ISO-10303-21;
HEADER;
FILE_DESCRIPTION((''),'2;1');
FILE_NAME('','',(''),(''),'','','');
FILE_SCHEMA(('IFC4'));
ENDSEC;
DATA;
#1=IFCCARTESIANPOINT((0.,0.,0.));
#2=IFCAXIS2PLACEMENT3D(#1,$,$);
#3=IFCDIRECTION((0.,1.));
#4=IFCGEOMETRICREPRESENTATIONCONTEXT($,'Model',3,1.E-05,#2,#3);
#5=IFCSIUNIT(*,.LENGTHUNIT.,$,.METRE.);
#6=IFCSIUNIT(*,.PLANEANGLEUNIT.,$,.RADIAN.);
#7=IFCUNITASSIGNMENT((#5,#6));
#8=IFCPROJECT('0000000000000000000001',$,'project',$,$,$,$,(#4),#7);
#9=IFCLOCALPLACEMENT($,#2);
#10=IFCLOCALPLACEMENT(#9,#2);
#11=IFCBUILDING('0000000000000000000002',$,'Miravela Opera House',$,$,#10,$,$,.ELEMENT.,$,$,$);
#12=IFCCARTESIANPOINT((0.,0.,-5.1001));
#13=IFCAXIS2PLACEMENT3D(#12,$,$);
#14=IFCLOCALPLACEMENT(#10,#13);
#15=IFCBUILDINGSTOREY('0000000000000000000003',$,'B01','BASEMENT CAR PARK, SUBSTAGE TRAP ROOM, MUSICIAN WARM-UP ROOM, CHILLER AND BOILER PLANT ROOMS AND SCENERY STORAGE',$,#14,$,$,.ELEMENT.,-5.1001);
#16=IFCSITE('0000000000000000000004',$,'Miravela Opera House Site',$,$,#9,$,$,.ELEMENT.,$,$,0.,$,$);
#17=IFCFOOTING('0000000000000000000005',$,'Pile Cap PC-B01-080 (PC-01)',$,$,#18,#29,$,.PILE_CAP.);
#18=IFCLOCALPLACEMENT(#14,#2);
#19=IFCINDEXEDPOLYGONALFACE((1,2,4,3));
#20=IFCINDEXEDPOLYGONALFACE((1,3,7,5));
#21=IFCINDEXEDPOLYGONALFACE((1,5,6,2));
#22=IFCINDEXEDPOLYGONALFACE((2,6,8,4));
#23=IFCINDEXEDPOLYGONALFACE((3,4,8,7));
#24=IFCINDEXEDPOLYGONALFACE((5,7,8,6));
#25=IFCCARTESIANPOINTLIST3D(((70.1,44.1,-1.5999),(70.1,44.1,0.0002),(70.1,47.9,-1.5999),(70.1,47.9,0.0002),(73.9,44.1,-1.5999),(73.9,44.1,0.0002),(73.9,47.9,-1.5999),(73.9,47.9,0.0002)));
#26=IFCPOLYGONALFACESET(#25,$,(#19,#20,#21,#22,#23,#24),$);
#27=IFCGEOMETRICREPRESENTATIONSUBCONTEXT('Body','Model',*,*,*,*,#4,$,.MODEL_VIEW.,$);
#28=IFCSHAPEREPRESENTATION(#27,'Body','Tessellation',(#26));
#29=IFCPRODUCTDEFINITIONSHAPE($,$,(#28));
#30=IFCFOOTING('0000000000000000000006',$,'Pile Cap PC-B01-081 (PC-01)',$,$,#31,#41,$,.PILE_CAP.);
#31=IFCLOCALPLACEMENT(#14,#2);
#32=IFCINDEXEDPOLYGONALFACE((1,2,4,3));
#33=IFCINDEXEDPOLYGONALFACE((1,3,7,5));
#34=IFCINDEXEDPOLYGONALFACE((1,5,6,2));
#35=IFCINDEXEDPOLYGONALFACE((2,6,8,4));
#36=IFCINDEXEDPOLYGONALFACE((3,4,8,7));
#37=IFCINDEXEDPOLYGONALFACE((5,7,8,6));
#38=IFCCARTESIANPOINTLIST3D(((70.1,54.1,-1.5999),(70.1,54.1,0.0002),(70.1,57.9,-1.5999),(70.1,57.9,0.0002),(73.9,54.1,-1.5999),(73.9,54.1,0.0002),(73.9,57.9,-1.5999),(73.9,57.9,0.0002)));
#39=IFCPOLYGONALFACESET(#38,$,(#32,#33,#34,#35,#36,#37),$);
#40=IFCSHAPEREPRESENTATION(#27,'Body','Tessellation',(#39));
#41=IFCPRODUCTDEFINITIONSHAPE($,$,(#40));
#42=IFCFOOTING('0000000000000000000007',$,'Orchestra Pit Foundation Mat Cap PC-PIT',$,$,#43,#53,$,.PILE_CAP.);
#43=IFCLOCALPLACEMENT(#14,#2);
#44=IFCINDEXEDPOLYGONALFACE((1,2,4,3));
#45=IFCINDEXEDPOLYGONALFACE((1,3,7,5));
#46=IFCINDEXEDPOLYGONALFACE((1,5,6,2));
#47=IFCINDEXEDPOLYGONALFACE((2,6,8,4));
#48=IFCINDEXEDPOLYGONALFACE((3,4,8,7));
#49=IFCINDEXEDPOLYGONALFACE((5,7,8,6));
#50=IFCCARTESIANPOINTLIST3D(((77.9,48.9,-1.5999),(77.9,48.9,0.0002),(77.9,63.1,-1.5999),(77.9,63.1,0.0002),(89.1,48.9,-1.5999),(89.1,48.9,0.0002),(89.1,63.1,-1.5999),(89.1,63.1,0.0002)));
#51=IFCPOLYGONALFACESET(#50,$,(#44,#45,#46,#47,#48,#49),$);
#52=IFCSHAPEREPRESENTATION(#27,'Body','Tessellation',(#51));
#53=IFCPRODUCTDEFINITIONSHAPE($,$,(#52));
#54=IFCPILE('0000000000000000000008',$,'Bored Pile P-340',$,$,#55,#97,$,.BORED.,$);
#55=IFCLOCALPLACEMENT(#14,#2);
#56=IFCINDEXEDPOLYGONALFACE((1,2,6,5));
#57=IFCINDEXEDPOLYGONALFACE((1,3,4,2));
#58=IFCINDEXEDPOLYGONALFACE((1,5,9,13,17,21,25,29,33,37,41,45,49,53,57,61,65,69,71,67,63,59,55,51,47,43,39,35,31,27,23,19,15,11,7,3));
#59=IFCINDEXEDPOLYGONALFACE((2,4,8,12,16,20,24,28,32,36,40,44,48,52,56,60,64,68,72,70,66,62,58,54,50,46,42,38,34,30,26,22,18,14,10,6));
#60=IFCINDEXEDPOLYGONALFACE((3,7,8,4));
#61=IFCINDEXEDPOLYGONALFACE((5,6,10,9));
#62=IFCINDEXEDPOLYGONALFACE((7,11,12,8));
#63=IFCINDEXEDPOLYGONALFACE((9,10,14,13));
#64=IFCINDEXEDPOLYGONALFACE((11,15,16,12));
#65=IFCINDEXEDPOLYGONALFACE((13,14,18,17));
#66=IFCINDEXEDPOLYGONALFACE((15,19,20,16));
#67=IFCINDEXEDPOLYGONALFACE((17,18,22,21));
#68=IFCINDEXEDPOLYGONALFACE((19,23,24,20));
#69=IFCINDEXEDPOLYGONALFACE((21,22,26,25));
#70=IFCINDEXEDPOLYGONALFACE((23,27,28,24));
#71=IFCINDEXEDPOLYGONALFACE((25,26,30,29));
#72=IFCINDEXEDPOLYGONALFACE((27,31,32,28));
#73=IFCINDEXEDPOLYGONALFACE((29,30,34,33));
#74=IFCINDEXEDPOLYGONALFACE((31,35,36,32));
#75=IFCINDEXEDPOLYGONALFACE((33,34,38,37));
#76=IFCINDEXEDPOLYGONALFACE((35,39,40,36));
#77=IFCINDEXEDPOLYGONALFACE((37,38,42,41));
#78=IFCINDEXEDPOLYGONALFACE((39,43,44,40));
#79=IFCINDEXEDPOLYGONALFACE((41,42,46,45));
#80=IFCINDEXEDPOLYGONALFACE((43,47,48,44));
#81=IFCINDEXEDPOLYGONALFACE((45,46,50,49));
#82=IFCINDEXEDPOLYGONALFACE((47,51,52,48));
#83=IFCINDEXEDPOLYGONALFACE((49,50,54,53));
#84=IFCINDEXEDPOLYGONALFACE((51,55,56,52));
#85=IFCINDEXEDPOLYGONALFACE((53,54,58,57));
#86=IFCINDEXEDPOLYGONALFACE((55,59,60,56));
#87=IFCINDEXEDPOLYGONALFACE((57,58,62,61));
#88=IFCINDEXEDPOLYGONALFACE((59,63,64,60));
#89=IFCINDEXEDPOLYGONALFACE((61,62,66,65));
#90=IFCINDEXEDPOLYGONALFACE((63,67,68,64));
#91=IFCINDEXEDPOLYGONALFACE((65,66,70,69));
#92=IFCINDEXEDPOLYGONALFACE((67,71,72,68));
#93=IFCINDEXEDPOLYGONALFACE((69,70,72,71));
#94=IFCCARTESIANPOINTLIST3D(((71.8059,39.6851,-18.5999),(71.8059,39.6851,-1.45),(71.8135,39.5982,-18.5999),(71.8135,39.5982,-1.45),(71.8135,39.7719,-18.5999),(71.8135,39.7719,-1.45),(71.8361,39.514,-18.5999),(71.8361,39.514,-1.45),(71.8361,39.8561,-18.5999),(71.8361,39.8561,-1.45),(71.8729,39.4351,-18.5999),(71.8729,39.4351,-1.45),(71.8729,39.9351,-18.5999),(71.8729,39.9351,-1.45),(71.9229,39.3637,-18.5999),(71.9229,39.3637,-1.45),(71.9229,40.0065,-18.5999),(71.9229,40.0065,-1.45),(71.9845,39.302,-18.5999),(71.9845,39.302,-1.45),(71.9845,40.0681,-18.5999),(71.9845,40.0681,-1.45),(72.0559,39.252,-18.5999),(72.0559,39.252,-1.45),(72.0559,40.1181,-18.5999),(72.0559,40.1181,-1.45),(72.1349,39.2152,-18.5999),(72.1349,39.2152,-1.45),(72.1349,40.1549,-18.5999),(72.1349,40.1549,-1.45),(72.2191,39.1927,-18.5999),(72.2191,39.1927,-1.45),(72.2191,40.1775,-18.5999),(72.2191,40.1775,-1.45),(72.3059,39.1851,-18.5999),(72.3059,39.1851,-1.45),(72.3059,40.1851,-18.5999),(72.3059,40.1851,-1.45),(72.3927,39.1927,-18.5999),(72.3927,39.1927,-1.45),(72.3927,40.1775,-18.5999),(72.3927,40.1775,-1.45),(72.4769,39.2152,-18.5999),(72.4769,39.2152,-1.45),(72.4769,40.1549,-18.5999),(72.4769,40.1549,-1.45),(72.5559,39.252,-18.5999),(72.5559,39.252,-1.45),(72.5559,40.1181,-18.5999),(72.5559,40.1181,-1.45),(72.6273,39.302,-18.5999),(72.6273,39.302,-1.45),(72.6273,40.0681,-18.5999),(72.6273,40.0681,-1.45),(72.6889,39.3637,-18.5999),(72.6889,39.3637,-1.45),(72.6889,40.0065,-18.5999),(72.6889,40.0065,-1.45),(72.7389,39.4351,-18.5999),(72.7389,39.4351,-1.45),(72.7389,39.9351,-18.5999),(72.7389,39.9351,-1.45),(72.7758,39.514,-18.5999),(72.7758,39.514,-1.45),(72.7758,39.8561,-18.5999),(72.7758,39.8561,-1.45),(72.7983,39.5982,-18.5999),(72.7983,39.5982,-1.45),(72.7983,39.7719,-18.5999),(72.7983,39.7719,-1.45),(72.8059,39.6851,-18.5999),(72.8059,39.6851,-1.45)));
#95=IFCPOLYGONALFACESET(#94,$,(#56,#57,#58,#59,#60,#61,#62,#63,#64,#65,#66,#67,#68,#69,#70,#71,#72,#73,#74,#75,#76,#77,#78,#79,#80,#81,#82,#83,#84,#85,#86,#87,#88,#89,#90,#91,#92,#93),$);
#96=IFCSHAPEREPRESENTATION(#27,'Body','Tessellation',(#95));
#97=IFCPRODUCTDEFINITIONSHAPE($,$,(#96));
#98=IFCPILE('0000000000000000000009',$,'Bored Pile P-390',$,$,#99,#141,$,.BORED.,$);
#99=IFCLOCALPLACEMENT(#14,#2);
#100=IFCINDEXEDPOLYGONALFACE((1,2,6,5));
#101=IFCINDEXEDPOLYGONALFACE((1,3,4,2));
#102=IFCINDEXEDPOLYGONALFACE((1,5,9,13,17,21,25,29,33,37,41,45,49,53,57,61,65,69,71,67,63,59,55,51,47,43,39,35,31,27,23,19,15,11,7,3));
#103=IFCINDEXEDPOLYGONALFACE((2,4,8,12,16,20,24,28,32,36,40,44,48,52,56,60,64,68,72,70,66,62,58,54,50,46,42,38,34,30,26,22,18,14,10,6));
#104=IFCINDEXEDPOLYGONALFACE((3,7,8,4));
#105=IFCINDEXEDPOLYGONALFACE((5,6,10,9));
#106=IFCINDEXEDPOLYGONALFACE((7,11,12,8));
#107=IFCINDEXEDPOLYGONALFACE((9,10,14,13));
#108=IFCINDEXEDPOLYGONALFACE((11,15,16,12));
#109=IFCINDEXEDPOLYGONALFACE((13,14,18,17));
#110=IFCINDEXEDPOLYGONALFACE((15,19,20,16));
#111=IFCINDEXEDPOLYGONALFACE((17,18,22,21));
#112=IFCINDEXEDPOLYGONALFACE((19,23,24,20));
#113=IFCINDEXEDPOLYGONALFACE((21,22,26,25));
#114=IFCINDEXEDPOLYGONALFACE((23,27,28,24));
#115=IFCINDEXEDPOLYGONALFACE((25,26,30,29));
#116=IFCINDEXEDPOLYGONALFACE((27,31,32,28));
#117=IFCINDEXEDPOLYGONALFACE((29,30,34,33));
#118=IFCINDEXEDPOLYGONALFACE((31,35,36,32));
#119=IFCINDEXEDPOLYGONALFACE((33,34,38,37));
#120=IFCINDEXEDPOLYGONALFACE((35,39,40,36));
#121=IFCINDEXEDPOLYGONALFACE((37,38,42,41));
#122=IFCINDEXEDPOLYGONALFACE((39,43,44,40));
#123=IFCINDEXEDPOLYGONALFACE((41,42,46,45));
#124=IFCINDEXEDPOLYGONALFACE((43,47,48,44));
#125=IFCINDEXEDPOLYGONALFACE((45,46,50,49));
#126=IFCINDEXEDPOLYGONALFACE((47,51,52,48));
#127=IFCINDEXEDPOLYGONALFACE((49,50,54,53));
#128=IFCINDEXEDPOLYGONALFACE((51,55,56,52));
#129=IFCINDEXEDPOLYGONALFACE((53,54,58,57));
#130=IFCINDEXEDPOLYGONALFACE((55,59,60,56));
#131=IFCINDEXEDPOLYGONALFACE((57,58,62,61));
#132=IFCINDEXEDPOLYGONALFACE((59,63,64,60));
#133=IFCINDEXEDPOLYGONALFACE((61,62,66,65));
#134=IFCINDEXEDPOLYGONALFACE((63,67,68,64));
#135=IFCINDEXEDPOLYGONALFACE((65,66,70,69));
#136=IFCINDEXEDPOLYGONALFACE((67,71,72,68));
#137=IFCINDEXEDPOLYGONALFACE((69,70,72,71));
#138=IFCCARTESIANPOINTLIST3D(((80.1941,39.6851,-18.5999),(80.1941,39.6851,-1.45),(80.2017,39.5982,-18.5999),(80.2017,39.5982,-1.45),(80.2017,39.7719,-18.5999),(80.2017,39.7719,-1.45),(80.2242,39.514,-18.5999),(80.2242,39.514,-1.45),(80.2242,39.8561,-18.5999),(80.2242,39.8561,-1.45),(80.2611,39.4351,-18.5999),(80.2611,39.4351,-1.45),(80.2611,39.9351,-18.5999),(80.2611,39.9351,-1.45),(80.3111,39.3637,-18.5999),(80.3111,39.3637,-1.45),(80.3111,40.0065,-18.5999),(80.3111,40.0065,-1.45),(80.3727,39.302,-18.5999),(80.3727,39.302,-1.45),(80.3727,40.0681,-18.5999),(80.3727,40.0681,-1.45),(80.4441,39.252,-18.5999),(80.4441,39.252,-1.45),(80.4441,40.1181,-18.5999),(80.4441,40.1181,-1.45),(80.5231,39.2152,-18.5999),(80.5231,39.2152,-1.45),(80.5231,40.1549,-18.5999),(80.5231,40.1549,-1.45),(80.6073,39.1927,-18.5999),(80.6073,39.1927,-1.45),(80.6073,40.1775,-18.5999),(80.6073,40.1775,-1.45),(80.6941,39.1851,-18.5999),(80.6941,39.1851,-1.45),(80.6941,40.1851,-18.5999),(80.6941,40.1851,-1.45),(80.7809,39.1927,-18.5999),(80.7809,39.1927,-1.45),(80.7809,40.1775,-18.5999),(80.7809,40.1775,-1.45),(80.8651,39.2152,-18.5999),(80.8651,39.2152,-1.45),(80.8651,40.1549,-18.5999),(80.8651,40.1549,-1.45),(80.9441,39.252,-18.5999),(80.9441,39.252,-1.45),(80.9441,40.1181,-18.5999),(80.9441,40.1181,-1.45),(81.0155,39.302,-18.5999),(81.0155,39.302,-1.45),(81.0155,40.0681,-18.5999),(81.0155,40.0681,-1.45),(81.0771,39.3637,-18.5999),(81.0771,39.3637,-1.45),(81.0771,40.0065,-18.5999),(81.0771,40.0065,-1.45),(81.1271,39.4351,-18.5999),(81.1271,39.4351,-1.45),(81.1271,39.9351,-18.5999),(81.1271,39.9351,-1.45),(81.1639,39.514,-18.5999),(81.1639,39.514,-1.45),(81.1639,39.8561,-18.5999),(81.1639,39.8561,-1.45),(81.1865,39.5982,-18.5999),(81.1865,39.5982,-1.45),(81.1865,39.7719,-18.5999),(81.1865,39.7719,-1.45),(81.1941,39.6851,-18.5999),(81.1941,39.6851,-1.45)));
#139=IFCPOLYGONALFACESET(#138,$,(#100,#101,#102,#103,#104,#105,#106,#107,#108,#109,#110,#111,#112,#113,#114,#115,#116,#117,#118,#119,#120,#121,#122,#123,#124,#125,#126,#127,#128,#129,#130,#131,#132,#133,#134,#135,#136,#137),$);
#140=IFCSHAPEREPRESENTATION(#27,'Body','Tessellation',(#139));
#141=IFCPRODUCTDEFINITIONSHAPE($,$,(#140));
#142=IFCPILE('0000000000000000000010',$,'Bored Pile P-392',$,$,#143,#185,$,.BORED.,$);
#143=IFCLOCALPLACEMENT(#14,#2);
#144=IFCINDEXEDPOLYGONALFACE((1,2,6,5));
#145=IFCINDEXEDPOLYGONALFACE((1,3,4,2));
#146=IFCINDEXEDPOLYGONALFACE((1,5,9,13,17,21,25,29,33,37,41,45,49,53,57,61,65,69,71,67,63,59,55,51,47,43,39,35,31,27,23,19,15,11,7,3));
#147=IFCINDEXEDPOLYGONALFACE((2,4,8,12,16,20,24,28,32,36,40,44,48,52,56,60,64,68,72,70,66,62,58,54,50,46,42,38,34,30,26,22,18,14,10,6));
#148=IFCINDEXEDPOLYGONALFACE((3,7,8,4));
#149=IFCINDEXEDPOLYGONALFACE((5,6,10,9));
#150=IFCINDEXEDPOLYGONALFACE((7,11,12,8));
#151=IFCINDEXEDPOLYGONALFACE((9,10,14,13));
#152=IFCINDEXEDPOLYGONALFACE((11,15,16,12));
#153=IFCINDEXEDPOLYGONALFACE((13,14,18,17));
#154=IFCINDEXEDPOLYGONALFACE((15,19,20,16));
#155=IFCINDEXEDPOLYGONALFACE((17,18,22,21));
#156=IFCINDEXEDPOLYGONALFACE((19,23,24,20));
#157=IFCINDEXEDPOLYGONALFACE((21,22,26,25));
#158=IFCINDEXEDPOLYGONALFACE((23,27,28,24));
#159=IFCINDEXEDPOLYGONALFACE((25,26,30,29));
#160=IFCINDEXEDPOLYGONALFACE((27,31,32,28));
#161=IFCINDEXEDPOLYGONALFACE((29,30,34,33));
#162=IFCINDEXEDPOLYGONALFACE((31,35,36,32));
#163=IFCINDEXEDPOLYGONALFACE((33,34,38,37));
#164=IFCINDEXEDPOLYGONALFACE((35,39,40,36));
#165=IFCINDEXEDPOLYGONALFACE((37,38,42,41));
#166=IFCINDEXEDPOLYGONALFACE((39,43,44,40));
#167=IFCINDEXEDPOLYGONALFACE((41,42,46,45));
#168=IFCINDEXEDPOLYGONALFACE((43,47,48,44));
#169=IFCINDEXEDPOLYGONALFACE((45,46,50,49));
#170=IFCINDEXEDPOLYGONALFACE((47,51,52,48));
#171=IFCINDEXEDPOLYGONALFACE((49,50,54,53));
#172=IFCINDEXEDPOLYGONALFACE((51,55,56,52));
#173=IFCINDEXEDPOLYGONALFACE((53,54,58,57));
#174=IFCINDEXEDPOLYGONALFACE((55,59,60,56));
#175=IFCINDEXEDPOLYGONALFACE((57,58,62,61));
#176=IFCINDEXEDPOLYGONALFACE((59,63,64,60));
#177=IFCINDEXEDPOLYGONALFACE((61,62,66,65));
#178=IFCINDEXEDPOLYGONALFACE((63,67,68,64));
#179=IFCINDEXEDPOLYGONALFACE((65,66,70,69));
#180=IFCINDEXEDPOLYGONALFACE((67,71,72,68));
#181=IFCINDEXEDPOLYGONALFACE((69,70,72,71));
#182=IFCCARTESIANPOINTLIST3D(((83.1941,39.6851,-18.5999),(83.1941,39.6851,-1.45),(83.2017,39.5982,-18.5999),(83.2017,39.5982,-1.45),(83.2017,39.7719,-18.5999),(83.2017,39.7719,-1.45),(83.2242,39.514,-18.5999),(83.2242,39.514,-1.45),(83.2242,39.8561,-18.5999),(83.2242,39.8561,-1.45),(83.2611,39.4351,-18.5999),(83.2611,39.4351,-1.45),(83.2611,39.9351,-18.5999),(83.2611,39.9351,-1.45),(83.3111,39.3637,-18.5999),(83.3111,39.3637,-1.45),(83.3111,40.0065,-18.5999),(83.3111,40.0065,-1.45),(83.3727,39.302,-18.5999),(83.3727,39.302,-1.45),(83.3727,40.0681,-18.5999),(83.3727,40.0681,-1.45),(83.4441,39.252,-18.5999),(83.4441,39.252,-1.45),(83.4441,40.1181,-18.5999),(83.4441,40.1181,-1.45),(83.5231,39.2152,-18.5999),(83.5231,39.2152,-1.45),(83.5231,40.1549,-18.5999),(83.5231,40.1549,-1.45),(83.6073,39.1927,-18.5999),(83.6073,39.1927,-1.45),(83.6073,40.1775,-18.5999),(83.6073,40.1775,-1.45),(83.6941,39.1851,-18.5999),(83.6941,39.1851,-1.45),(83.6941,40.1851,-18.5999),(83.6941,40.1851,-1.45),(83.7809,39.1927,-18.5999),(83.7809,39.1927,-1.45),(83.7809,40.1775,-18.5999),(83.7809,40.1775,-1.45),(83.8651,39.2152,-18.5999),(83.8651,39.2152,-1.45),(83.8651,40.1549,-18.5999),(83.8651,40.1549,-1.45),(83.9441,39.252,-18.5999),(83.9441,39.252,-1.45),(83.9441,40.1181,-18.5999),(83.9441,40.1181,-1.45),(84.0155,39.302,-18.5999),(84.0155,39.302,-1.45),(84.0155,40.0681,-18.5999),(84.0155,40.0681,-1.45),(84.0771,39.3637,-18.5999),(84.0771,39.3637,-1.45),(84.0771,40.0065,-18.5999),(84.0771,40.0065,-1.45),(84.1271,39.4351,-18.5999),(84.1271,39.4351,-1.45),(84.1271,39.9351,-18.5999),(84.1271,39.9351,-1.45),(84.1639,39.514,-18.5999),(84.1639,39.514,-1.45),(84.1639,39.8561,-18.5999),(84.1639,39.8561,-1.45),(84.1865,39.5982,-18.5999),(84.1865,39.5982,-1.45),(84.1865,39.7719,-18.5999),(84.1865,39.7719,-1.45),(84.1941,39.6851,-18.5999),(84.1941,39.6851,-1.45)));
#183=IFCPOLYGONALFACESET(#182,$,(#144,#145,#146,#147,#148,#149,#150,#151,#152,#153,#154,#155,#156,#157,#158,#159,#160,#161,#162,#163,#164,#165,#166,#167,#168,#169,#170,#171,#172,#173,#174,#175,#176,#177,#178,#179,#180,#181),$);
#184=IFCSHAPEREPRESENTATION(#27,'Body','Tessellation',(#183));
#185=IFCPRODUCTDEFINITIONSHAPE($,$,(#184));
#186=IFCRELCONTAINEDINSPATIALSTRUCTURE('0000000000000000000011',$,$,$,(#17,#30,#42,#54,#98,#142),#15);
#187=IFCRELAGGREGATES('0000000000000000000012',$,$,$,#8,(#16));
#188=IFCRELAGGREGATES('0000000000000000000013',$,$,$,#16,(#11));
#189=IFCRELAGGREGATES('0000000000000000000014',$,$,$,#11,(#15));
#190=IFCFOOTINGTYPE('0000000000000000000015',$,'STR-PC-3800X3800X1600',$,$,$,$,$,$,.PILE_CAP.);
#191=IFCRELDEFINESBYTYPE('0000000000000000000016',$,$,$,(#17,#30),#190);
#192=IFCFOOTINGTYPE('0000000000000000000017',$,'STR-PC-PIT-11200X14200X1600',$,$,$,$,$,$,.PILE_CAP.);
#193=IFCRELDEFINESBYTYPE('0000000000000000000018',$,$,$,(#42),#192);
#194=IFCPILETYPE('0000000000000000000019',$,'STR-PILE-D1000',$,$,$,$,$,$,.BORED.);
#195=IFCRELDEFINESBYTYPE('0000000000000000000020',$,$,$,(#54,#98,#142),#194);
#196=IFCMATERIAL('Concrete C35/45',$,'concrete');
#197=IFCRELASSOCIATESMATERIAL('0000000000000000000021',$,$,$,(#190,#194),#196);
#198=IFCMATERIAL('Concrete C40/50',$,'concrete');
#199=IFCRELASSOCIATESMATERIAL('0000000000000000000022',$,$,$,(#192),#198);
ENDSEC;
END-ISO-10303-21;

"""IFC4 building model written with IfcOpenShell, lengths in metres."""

from ifc_helpers import new_model, si_unit, direction, frame, origin, origin_2d, place, context, subcontext, project, spatial, rectangle, circle, extrude, material, material_profile, profile_set, type_object, element, save


model = new_model("IFC4")

# Units and contexts
model_context = context("Model", 3, precision=1e-05, world=origin(), true_north=direction((0.0, 1.0)))
body_context = subcontext(model_context, "Body", "Model", "MODEL_VIEW")
ifc_project = project(units=[si_unit("LENGTHUNIT", "METRE"), si_unit("PLANEANGLEUNIT", "RADIAN")], contexts=[model_context])

# Site, building, storey
site_placement = place(None, origin())
site = spatial("IfcSite", under=ifc_project, at=site_placement, Name="Miravela Opera House Site", CompositionType="ELEMENT", RefElevation=0.0)
building_placement = place(site_placement, origin())
building = spatial("IfcBuilding", under=site, at=building_placement, Name="Miravela Opera House", CompositionType="ELEMENT")
storey_placement = place(building_placement, frame((0.0, 0.0, -5.1001)))
storey = spatial("IfcBuildingStorey", under=building, at=storey_placement, Name="B01", Description="BASEMENT CAR PARK, SUBSTAGE TRAP ROOM, MUSICIAN WARM-UP ROOM, CHILLER AND BOILER PLANT ROOMS AND SCENERY STORAGE", CompositionType="ELEMENT", Elevation=-5.1001)

# Footings
ifc_material_1 = material(Name="Concrete C35/45", Category="concrete")
footing_type_1 = type_object("IfcFootingType", Name="STR-PC-3800X3800X1600", PredefinedType="PILE_CAP", material=ifc_material_1)
for number, where, z_axis, x_axis, name in (
    (1, (72.0, 46.0, -1.5999), (0.0, 0.0, 1.0), (1.0, 0.0, 0.0), "Pile Cap PC-B01-080 (PC-01)"),
    (2, (72.0, 56.0, -1.5999), (0.0, 0.0, 1.0), (1.0, 0.0, 0.0), "Pile Cap PC-B01-081 (PC-01)"),
):
    element("IfcFooting", number, at=place(storey_placement, frame(where, z_axis=z_axis, x_axis=x_axis)), inside=storey, type_object=footing_type_1, Name=name, PredefinedType="PILE_CAP", context=body_context, shape_type="SweptSolid", body=[
        extrude(rectangle(XDim=3.8, YDim=3.8, at=origin_2d()), origin(), (0.0, 0.0, 1.0), 1.6001),
    ])
ifc_material_2 = material(Name="Concrete C40/50", Category="concrete")
footing_type_2 = type_object("IfcFootingType", Name="STR-PC-PIT-11200X14200X1600", PredefinedType="PILE_CAP", material=ifc_material_2)
footing_placement = place(storey_placement, frame((83.5, 56.0, -1.5999), z_axis=(0.0, 0.0, 1.0), x_axis=(1.0, 0.0, 0.0)))
element("IfcFooting", 3, at=footing_placement, inside=storey, type_object=footing_type_2, Name="Orchestra Pit Foundation Mat Cap PC-PIT", PredefinedType="PILE_CAP", context=body_context, shape_type="SweptSolid", body=[
    extrude(rectangle(XDim=11.2, YDim=14.2, at=origin_2d()), origin(), (0.0, 0.0, 1.0), 1.6001),
])

# Piles
ifc_material_profile_1 = material_profile(ifc_material_1, circle(Radius=0.5, at=origin_2d()), Name="PILE-D1000")
ifc_profile_set_1 = profile_set([ifc_material_profile_1])
pile_type_1 = type_object("IfcPileType", Name="STR-PILE-D1000", PredefinedType="BORED", material=ifc_profile_set_1)
for number, where, z_axis, x_axis, name in (
    (4, (72.3059, 39.6851, -1.45), (0.0, 0.0, -1.0), (1.0, 0.0, 0.0), "Bored Pile P-340"),
    (5, (80.6941, 39.6851, -1.45), (0.0, 0.0, -1.0), (1.0, 0.0, 0.0), "Bored Pile P-390"),
    (6, (83.6941, 39.6851, -1.45), (0.0, 0.0, -1.0), (1.0, 0.0, 0.0), "Bored Pile P-392"),
):
    element("IfcPile", number, at=place(storey_placement, frame(where, z_axis=z_axis, x_axis=x_axis)), inside=storey, type_object=pile_type_1, Name=name, PredefinedType="BORED", context=body_context, shape_type="SweptSolid", body=[
        extrude(circle(Radius=0.5, at=origin_2d()), origin(), (0.0, 0.0, 1.0), 17.1499),
    ])

save(model, "model.ifc")
